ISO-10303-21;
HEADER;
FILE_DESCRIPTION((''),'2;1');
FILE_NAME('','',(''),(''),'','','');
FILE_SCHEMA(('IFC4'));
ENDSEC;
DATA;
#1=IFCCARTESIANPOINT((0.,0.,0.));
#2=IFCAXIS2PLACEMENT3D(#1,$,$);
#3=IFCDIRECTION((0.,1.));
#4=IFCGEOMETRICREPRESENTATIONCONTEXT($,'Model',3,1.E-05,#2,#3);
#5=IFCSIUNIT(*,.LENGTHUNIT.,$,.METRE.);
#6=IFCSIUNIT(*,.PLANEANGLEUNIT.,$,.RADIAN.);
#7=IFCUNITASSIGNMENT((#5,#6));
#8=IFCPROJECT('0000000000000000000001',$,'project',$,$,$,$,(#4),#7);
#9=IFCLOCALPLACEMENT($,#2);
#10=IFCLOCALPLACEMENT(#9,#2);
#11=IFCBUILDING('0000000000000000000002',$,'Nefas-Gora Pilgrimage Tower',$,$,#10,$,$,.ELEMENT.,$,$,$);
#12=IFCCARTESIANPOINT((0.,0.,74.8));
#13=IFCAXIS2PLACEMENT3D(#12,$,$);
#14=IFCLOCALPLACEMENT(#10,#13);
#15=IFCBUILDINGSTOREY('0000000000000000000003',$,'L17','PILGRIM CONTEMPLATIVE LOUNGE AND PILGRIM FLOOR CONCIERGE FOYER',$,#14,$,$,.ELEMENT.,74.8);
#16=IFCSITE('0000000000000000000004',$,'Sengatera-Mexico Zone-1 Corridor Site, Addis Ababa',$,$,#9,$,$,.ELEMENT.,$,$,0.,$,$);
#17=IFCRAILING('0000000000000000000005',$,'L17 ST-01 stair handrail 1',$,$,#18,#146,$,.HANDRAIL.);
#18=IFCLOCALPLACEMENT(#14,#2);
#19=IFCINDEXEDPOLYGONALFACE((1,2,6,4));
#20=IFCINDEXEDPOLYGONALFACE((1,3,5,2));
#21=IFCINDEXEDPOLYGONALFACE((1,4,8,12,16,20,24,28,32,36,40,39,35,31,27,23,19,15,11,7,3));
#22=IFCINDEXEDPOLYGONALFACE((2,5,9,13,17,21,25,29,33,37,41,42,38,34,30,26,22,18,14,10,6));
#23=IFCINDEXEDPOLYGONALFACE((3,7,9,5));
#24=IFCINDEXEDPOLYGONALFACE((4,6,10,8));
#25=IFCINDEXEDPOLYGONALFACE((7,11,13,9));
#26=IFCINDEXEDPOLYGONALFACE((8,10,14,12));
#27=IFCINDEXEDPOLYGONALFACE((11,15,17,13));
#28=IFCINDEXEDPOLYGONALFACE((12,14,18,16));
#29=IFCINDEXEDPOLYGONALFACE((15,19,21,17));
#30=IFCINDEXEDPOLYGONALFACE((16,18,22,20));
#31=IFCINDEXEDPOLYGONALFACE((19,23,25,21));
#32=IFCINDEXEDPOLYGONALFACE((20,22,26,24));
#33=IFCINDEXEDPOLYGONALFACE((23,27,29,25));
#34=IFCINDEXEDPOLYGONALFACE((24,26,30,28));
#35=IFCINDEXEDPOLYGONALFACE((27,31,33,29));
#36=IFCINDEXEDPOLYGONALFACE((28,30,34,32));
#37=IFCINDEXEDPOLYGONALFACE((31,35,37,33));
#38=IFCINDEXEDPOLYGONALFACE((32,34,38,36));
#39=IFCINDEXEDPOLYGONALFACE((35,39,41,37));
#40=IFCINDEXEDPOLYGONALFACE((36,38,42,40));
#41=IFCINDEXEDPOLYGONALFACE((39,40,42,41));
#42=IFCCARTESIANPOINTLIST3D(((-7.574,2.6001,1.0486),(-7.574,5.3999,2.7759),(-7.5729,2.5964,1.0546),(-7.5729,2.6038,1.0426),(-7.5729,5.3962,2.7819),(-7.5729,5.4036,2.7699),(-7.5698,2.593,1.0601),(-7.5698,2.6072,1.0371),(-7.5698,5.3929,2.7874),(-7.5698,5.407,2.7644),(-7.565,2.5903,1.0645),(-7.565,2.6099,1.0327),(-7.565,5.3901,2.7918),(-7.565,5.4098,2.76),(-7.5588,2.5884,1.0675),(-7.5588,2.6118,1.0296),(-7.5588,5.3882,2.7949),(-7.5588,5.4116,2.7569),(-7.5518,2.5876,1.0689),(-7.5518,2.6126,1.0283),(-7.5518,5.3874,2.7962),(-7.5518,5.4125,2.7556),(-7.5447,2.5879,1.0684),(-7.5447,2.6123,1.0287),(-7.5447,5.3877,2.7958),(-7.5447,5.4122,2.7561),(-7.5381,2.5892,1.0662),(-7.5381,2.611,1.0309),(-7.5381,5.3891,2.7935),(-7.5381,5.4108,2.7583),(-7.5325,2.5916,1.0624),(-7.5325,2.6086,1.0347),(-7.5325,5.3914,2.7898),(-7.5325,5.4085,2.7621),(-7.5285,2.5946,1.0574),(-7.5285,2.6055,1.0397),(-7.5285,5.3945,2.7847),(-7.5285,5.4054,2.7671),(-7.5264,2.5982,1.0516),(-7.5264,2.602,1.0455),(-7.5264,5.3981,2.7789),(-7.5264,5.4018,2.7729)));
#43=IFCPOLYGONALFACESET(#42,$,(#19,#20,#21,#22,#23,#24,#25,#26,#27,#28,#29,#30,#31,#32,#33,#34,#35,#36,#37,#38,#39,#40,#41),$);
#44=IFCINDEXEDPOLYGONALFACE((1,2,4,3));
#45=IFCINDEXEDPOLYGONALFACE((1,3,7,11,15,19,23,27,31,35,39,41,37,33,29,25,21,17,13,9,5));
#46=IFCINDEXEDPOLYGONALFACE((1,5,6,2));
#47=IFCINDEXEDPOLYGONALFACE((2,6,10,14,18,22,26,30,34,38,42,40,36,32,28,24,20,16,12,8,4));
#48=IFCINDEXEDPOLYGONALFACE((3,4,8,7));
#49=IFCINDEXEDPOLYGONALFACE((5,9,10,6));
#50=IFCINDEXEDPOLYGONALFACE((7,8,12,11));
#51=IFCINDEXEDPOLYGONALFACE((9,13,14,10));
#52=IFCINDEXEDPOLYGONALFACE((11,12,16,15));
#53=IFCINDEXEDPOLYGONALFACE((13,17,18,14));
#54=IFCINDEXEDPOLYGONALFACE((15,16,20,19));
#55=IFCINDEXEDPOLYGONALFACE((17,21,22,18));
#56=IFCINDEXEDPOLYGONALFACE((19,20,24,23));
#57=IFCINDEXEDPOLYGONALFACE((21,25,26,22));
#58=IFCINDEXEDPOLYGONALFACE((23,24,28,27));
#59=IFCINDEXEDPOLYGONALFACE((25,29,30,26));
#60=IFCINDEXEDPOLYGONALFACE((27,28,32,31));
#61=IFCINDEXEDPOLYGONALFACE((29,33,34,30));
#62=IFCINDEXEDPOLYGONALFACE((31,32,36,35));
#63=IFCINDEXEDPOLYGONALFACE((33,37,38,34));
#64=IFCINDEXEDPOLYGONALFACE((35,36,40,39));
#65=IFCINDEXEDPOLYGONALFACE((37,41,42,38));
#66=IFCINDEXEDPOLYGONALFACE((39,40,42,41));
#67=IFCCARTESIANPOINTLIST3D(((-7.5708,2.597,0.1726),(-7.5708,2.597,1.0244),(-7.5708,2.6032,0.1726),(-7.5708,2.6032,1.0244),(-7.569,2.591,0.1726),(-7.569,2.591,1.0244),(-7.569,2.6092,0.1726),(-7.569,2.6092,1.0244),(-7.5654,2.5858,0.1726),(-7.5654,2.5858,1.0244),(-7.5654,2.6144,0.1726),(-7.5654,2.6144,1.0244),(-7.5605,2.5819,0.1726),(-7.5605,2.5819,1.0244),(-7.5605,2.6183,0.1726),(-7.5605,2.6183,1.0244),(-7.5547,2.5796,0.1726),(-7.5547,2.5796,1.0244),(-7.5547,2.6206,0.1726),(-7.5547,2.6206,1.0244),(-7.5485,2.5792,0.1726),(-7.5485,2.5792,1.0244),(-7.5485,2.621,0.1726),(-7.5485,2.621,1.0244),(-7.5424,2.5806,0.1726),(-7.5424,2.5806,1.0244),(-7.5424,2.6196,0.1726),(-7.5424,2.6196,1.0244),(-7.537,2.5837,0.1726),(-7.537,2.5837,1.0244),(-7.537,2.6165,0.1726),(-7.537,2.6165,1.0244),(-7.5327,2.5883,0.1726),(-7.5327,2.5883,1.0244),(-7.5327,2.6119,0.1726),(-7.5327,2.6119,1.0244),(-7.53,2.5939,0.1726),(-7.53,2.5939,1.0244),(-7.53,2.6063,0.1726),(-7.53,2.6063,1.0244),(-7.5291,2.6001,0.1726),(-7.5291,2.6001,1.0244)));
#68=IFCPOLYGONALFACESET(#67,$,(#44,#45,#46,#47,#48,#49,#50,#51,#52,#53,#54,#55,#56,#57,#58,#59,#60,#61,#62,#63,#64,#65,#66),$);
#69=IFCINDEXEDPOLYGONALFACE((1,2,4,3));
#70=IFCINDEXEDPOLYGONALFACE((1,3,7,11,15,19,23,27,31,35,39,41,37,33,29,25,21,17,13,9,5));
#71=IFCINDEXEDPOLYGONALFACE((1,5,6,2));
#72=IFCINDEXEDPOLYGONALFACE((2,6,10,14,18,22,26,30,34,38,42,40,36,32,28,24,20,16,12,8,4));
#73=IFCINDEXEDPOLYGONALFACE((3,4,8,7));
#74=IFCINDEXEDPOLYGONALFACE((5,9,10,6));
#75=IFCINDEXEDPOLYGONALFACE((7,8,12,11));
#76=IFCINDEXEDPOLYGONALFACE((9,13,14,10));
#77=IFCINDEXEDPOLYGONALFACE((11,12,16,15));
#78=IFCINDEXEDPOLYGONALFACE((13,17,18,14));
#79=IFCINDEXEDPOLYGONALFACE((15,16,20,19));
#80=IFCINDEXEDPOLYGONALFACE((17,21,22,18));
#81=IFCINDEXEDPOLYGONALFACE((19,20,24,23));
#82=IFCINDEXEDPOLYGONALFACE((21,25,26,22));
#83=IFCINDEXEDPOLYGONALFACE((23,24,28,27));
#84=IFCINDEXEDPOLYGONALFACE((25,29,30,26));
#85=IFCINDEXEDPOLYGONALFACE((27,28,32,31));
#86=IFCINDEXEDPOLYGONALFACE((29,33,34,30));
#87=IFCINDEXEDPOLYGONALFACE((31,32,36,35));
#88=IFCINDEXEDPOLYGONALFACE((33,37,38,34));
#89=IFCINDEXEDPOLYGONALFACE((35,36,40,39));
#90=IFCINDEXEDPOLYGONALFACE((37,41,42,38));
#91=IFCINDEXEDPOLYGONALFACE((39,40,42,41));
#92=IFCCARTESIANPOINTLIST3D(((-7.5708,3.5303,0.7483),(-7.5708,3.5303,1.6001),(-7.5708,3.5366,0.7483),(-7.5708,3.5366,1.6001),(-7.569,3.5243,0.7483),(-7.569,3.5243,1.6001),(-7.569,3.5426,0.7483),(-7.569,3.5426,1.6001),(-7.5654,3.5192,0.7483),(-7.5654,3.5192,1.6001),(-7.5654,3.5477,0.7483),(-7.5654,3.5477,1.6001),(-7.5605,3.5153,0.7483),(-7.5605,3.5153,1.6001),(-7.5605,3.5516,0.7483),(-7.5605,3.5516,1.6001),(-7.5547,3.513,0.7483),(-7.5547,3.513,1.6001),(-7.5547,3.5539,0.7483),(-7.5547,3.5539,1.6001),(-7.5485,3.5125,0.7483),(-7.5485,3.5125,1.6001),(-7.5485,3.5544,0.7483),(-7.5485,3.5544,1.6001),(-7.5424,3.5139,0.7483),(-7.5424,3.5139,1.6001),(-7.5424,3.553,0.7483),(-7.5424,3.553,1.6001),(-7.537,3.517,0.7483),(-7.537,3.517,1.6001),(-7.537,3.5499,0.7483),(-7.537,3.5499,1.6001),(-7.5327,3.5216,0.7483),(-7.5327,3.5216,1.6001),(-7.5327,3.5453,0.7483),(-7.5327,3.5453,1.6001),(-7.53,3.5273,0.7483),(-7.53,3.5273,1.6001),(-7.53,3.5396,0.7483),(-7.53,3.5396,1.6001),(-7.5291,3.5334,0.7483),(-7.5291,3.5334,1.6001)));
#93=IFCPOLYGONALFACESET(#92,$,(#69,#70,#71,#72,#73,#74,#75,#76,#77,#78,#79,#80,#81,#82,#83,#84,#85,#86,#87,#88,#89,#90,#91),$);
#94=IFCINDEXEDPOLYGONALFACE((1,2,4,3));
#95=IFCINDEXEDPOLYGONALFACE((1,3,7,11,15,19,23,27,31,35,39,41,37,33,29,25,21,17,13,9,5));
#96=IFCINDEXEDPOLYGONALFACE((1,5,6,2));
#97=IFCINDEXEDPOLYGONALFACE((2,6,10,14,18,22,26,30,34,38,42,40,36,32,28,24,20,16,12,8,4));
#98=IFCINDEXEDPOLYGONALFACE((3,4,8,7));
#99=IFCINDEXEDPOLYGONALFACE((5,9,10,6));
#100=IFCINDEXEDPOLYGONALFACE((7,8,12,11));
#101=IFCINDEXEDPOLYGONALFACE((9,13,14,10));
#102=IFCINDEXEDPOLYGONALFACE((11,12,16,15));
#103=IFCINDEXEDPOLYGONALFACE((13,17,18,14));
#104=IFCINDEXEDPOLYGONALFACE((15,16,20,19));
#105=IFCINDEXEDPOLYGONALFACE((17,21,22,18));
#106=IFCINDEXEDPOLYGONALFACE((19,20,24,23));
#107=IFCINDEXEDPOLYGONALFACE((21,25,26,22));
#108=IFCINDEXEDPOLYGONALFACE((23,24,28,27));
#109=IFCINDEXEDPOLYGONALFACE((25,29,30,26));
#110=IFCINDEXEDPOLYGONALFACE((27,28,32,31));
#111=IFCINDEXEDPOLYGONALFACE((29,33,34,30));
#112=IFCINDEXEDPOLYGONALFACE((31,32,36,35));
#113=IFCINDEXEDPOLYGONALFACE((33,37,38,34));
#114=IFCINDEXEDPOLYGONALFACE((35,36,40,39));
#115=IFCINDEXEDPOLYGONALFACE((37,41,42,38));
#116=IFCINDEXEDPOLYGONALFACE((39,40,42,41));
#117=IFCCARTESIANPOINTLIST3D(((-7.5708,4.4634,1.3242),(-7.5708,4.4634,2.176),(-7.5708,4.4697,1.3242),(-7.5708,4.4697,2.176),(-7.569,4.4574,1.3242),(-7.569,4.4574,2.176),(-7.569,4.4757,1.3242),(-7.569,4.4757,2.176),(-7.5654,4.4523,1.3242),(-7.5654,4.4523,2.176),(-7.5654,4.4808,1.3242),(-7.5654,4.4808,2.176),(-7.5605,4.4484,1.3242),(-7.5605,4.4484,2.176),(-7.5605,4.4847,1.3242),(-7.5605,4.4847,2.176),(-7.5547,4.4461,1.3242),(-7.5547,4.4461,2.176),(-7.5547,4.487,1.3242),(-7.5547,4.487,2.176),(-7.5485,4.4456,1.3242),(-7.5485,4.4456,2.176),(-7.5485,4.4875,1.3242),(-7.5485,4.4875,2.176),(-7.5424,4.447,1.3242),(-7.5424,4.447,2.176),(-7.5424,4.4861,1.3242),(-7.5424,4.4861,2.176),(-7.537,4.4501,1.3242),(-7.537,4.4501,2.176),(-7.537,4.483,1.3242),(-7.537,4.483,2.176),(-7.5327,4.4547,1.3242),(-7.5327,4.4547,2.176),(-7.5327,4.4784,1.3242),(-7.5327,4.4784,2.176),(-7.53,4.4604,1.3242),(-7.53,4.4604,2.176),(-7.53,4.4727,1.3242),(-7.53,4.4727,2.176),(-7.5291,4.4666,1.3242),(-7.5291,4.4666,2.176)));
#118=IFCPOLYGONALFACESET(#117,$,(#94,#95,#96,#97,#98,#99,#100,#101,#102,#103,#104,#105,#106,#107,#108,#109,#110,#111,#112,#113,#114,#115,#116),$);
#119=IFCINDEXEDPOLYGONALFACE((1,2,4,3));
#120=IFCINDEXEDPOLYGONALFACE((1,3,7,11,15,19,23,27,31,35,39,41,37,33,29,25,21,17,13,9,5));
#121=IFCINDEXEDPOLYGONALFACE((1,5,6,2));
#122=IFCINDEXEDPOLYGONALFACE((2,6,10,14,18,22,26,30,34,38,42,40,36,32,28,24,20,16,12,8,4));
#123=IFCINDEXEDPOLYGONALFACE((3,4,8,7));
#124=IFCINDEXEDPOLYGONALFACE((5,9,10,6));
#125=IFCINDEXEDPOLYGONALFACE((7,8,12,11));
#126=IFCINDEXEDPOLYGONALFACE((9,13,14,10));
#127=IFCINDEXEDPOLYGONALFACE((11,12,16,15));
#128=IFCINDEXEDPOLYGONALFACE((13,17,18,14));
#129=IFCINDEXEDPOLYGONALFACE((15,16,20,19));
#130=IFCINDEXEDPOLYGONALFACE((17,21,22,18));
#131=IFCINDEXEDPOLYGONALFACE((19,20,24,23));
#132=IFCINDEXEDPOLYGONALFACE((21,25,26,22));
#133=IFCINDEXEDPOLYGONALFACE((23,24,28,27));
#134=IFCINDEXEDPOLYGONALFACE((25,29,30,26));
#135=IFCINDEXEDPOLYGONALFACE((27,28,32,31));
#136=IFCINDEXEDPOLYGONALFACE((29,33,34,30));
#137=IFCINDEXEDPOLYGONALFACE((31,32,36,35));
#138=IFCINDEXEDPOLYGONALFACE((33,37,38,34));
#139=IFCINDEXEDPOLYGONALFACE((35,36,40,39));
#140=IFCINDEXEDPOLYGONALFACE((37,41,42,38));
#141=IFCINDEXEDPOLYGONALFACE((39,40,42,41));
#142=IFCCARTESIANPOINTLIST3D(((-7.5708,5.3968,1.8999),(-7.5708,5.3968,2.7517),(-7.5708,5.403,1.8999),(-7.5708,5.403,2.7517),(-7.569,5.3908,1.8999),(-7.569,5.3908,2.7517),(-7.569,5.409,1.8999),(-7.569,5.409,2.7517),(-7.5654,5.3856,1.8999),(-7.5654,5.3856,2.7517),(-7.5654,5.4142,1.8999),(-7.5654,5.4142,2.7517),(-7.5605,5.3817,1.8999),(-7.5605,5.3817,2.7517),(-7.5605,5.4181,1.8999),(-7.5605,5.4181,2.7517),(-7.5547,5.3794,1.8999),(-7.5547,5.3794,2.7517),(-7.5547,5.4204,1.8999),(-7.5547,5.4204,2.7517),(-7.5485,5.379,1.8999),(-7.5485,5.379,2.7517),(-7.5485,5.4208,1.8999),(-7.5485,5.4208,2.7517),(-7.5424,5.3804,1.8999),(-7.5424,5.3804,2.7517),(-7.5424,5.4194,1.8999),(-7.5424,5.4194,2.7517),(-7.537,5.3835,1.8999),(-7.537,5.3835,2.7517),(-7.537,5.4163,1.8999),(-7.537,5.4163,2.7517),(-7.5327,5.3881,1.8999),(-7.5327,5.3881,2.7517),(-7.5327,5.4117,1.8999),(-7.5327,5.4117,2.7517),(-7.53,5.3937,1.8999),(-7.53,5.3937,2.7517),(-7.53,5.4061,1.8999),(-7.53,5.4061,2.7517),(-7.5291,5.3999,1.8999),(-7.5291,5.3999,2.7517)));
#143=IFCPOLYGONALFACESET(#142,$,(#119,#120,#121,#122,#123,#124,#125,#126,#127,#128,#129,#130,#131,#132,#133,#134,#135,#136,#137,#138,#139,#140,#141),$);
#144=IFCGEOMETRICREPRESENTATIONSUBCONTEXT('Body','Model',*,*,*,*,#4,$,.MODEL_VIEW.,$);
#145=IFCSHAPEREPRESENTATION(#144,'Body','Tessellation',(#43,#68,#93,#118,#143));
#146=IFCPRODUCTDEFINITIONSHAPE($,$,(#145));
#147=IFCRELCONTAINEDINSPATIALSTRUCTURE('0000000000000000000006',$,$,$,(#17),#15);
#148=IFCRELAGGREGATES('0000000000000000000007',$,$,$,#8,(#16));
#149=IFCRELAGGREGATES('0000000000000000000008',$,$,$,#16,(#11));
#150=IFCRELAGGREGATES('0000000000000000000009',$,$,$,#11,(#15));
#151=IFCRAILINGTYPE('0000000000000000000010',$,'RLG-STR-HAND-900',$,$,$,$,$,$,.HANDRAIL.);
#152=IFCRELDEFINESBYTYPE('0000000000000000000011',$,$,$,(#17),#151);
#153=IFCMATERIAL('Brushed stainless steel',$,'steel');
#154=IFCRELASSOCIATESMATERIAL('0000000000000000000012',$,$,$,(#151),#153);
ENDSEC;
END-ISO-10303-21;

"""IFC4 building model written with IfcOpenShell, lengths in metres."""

from ifc_helpers import new_model, si_unit, direction, frame, origin, origin_2d, place, context, subcontext, project, spatial, circle, extrude, material, type_object, element, save


model = new_model("IFC4")

# Units and contexts
model_context = context("Model", 3, precision=1e-05, world=origin(), true_north=direction((0.0, 1.0)))
body_context = subcontext(model_context, "Body", "Model", "MODEL_VIEW")
ifc_project = project(units=[si_unit("LENGTHUNIT", "METRE"), si_unit("PLANEANGLEUNIT", "RADIAN")], contexts=[model_context])

# Site, building, storey
site_placement = place(None, origin())
site = spatial("IfcSite", under=ifc_project, at=site_placement, Name="Sengatera-Mexico Zone-1 Corridor Site, Addis Ababa", CompositionType="ELEMENT", RefElevation=0.0)
building_placement = place(site_placement, origin())
building = spatial("IfcBuilding", under=site, at=building_placement, Name="Nefas-Gora Pilgrimage Tower", CompositionType="ELEMENT")
storey_placement = place(building_placement, frame((0.0, 0.0, 74.8)))
storey = spatial("IfcBuildingStorey", under=building, at=storey_placement, Name="L17", Description="PILGRIM CONTEMPLATIVE LOUNGE AND PILGRIM FLOOR CONCIERGE FOYER", CompositionType="ELEMENT", Elevation=74.8)

# Railing
ifc_material_1 = material(Name="Brushed stainless steel", Category="steel")
railing_type_1 = type_object("IfcRailingType", Name="RLG-STR-HAND-900", PredefinedType="HANDRAIL", material=ifc_material_1)
railing_1_placement = place(storey_placement, frame((-7.55, 2.6001, 0.1726)))
element("IfcRailing", 1, at=railing_1_placement, inside=storey, type_object=railing_type_1, Name="L17 ST-01 stair handrail 1", PredefinedType="HANDRAIL", context=body_context, shape_type="SweptSolid", body=[
    extrude(circle(Radius=0.0239, at=origin_2d()), frame((0.0, 0.0, 0.876), z_axis=(0.0, 0.851069, 0.525054), x_axis=(-1.0, 0.0, 0.0)), (0.0, 0.0, 1.0), 3.2898),
    extrude(circle(Radius=0.021, at=origin_2d()), origin(), (0.0, 0.0, 1.0), 0.8518),
    extrude(circle(Radius=0.021, at=origin_2d()), frame((0.0, 0.9333, 0.5757)), (0.0, 0.0, 1.0), 0.8518),
    extrude(circle(Radius=0.021, at=origin_2d()), frame((0.0, 1.8665, 1.1516)), (0.0, 0.0, 1.0), 0.8518),
    extrude(circle(Radius=0.021, at=origin_2d()), frame((0.0, 2.7998, 1.7273)), (0.0, 0.0, 1.0), 0.8518),
])

save(model, "model.ifc")
